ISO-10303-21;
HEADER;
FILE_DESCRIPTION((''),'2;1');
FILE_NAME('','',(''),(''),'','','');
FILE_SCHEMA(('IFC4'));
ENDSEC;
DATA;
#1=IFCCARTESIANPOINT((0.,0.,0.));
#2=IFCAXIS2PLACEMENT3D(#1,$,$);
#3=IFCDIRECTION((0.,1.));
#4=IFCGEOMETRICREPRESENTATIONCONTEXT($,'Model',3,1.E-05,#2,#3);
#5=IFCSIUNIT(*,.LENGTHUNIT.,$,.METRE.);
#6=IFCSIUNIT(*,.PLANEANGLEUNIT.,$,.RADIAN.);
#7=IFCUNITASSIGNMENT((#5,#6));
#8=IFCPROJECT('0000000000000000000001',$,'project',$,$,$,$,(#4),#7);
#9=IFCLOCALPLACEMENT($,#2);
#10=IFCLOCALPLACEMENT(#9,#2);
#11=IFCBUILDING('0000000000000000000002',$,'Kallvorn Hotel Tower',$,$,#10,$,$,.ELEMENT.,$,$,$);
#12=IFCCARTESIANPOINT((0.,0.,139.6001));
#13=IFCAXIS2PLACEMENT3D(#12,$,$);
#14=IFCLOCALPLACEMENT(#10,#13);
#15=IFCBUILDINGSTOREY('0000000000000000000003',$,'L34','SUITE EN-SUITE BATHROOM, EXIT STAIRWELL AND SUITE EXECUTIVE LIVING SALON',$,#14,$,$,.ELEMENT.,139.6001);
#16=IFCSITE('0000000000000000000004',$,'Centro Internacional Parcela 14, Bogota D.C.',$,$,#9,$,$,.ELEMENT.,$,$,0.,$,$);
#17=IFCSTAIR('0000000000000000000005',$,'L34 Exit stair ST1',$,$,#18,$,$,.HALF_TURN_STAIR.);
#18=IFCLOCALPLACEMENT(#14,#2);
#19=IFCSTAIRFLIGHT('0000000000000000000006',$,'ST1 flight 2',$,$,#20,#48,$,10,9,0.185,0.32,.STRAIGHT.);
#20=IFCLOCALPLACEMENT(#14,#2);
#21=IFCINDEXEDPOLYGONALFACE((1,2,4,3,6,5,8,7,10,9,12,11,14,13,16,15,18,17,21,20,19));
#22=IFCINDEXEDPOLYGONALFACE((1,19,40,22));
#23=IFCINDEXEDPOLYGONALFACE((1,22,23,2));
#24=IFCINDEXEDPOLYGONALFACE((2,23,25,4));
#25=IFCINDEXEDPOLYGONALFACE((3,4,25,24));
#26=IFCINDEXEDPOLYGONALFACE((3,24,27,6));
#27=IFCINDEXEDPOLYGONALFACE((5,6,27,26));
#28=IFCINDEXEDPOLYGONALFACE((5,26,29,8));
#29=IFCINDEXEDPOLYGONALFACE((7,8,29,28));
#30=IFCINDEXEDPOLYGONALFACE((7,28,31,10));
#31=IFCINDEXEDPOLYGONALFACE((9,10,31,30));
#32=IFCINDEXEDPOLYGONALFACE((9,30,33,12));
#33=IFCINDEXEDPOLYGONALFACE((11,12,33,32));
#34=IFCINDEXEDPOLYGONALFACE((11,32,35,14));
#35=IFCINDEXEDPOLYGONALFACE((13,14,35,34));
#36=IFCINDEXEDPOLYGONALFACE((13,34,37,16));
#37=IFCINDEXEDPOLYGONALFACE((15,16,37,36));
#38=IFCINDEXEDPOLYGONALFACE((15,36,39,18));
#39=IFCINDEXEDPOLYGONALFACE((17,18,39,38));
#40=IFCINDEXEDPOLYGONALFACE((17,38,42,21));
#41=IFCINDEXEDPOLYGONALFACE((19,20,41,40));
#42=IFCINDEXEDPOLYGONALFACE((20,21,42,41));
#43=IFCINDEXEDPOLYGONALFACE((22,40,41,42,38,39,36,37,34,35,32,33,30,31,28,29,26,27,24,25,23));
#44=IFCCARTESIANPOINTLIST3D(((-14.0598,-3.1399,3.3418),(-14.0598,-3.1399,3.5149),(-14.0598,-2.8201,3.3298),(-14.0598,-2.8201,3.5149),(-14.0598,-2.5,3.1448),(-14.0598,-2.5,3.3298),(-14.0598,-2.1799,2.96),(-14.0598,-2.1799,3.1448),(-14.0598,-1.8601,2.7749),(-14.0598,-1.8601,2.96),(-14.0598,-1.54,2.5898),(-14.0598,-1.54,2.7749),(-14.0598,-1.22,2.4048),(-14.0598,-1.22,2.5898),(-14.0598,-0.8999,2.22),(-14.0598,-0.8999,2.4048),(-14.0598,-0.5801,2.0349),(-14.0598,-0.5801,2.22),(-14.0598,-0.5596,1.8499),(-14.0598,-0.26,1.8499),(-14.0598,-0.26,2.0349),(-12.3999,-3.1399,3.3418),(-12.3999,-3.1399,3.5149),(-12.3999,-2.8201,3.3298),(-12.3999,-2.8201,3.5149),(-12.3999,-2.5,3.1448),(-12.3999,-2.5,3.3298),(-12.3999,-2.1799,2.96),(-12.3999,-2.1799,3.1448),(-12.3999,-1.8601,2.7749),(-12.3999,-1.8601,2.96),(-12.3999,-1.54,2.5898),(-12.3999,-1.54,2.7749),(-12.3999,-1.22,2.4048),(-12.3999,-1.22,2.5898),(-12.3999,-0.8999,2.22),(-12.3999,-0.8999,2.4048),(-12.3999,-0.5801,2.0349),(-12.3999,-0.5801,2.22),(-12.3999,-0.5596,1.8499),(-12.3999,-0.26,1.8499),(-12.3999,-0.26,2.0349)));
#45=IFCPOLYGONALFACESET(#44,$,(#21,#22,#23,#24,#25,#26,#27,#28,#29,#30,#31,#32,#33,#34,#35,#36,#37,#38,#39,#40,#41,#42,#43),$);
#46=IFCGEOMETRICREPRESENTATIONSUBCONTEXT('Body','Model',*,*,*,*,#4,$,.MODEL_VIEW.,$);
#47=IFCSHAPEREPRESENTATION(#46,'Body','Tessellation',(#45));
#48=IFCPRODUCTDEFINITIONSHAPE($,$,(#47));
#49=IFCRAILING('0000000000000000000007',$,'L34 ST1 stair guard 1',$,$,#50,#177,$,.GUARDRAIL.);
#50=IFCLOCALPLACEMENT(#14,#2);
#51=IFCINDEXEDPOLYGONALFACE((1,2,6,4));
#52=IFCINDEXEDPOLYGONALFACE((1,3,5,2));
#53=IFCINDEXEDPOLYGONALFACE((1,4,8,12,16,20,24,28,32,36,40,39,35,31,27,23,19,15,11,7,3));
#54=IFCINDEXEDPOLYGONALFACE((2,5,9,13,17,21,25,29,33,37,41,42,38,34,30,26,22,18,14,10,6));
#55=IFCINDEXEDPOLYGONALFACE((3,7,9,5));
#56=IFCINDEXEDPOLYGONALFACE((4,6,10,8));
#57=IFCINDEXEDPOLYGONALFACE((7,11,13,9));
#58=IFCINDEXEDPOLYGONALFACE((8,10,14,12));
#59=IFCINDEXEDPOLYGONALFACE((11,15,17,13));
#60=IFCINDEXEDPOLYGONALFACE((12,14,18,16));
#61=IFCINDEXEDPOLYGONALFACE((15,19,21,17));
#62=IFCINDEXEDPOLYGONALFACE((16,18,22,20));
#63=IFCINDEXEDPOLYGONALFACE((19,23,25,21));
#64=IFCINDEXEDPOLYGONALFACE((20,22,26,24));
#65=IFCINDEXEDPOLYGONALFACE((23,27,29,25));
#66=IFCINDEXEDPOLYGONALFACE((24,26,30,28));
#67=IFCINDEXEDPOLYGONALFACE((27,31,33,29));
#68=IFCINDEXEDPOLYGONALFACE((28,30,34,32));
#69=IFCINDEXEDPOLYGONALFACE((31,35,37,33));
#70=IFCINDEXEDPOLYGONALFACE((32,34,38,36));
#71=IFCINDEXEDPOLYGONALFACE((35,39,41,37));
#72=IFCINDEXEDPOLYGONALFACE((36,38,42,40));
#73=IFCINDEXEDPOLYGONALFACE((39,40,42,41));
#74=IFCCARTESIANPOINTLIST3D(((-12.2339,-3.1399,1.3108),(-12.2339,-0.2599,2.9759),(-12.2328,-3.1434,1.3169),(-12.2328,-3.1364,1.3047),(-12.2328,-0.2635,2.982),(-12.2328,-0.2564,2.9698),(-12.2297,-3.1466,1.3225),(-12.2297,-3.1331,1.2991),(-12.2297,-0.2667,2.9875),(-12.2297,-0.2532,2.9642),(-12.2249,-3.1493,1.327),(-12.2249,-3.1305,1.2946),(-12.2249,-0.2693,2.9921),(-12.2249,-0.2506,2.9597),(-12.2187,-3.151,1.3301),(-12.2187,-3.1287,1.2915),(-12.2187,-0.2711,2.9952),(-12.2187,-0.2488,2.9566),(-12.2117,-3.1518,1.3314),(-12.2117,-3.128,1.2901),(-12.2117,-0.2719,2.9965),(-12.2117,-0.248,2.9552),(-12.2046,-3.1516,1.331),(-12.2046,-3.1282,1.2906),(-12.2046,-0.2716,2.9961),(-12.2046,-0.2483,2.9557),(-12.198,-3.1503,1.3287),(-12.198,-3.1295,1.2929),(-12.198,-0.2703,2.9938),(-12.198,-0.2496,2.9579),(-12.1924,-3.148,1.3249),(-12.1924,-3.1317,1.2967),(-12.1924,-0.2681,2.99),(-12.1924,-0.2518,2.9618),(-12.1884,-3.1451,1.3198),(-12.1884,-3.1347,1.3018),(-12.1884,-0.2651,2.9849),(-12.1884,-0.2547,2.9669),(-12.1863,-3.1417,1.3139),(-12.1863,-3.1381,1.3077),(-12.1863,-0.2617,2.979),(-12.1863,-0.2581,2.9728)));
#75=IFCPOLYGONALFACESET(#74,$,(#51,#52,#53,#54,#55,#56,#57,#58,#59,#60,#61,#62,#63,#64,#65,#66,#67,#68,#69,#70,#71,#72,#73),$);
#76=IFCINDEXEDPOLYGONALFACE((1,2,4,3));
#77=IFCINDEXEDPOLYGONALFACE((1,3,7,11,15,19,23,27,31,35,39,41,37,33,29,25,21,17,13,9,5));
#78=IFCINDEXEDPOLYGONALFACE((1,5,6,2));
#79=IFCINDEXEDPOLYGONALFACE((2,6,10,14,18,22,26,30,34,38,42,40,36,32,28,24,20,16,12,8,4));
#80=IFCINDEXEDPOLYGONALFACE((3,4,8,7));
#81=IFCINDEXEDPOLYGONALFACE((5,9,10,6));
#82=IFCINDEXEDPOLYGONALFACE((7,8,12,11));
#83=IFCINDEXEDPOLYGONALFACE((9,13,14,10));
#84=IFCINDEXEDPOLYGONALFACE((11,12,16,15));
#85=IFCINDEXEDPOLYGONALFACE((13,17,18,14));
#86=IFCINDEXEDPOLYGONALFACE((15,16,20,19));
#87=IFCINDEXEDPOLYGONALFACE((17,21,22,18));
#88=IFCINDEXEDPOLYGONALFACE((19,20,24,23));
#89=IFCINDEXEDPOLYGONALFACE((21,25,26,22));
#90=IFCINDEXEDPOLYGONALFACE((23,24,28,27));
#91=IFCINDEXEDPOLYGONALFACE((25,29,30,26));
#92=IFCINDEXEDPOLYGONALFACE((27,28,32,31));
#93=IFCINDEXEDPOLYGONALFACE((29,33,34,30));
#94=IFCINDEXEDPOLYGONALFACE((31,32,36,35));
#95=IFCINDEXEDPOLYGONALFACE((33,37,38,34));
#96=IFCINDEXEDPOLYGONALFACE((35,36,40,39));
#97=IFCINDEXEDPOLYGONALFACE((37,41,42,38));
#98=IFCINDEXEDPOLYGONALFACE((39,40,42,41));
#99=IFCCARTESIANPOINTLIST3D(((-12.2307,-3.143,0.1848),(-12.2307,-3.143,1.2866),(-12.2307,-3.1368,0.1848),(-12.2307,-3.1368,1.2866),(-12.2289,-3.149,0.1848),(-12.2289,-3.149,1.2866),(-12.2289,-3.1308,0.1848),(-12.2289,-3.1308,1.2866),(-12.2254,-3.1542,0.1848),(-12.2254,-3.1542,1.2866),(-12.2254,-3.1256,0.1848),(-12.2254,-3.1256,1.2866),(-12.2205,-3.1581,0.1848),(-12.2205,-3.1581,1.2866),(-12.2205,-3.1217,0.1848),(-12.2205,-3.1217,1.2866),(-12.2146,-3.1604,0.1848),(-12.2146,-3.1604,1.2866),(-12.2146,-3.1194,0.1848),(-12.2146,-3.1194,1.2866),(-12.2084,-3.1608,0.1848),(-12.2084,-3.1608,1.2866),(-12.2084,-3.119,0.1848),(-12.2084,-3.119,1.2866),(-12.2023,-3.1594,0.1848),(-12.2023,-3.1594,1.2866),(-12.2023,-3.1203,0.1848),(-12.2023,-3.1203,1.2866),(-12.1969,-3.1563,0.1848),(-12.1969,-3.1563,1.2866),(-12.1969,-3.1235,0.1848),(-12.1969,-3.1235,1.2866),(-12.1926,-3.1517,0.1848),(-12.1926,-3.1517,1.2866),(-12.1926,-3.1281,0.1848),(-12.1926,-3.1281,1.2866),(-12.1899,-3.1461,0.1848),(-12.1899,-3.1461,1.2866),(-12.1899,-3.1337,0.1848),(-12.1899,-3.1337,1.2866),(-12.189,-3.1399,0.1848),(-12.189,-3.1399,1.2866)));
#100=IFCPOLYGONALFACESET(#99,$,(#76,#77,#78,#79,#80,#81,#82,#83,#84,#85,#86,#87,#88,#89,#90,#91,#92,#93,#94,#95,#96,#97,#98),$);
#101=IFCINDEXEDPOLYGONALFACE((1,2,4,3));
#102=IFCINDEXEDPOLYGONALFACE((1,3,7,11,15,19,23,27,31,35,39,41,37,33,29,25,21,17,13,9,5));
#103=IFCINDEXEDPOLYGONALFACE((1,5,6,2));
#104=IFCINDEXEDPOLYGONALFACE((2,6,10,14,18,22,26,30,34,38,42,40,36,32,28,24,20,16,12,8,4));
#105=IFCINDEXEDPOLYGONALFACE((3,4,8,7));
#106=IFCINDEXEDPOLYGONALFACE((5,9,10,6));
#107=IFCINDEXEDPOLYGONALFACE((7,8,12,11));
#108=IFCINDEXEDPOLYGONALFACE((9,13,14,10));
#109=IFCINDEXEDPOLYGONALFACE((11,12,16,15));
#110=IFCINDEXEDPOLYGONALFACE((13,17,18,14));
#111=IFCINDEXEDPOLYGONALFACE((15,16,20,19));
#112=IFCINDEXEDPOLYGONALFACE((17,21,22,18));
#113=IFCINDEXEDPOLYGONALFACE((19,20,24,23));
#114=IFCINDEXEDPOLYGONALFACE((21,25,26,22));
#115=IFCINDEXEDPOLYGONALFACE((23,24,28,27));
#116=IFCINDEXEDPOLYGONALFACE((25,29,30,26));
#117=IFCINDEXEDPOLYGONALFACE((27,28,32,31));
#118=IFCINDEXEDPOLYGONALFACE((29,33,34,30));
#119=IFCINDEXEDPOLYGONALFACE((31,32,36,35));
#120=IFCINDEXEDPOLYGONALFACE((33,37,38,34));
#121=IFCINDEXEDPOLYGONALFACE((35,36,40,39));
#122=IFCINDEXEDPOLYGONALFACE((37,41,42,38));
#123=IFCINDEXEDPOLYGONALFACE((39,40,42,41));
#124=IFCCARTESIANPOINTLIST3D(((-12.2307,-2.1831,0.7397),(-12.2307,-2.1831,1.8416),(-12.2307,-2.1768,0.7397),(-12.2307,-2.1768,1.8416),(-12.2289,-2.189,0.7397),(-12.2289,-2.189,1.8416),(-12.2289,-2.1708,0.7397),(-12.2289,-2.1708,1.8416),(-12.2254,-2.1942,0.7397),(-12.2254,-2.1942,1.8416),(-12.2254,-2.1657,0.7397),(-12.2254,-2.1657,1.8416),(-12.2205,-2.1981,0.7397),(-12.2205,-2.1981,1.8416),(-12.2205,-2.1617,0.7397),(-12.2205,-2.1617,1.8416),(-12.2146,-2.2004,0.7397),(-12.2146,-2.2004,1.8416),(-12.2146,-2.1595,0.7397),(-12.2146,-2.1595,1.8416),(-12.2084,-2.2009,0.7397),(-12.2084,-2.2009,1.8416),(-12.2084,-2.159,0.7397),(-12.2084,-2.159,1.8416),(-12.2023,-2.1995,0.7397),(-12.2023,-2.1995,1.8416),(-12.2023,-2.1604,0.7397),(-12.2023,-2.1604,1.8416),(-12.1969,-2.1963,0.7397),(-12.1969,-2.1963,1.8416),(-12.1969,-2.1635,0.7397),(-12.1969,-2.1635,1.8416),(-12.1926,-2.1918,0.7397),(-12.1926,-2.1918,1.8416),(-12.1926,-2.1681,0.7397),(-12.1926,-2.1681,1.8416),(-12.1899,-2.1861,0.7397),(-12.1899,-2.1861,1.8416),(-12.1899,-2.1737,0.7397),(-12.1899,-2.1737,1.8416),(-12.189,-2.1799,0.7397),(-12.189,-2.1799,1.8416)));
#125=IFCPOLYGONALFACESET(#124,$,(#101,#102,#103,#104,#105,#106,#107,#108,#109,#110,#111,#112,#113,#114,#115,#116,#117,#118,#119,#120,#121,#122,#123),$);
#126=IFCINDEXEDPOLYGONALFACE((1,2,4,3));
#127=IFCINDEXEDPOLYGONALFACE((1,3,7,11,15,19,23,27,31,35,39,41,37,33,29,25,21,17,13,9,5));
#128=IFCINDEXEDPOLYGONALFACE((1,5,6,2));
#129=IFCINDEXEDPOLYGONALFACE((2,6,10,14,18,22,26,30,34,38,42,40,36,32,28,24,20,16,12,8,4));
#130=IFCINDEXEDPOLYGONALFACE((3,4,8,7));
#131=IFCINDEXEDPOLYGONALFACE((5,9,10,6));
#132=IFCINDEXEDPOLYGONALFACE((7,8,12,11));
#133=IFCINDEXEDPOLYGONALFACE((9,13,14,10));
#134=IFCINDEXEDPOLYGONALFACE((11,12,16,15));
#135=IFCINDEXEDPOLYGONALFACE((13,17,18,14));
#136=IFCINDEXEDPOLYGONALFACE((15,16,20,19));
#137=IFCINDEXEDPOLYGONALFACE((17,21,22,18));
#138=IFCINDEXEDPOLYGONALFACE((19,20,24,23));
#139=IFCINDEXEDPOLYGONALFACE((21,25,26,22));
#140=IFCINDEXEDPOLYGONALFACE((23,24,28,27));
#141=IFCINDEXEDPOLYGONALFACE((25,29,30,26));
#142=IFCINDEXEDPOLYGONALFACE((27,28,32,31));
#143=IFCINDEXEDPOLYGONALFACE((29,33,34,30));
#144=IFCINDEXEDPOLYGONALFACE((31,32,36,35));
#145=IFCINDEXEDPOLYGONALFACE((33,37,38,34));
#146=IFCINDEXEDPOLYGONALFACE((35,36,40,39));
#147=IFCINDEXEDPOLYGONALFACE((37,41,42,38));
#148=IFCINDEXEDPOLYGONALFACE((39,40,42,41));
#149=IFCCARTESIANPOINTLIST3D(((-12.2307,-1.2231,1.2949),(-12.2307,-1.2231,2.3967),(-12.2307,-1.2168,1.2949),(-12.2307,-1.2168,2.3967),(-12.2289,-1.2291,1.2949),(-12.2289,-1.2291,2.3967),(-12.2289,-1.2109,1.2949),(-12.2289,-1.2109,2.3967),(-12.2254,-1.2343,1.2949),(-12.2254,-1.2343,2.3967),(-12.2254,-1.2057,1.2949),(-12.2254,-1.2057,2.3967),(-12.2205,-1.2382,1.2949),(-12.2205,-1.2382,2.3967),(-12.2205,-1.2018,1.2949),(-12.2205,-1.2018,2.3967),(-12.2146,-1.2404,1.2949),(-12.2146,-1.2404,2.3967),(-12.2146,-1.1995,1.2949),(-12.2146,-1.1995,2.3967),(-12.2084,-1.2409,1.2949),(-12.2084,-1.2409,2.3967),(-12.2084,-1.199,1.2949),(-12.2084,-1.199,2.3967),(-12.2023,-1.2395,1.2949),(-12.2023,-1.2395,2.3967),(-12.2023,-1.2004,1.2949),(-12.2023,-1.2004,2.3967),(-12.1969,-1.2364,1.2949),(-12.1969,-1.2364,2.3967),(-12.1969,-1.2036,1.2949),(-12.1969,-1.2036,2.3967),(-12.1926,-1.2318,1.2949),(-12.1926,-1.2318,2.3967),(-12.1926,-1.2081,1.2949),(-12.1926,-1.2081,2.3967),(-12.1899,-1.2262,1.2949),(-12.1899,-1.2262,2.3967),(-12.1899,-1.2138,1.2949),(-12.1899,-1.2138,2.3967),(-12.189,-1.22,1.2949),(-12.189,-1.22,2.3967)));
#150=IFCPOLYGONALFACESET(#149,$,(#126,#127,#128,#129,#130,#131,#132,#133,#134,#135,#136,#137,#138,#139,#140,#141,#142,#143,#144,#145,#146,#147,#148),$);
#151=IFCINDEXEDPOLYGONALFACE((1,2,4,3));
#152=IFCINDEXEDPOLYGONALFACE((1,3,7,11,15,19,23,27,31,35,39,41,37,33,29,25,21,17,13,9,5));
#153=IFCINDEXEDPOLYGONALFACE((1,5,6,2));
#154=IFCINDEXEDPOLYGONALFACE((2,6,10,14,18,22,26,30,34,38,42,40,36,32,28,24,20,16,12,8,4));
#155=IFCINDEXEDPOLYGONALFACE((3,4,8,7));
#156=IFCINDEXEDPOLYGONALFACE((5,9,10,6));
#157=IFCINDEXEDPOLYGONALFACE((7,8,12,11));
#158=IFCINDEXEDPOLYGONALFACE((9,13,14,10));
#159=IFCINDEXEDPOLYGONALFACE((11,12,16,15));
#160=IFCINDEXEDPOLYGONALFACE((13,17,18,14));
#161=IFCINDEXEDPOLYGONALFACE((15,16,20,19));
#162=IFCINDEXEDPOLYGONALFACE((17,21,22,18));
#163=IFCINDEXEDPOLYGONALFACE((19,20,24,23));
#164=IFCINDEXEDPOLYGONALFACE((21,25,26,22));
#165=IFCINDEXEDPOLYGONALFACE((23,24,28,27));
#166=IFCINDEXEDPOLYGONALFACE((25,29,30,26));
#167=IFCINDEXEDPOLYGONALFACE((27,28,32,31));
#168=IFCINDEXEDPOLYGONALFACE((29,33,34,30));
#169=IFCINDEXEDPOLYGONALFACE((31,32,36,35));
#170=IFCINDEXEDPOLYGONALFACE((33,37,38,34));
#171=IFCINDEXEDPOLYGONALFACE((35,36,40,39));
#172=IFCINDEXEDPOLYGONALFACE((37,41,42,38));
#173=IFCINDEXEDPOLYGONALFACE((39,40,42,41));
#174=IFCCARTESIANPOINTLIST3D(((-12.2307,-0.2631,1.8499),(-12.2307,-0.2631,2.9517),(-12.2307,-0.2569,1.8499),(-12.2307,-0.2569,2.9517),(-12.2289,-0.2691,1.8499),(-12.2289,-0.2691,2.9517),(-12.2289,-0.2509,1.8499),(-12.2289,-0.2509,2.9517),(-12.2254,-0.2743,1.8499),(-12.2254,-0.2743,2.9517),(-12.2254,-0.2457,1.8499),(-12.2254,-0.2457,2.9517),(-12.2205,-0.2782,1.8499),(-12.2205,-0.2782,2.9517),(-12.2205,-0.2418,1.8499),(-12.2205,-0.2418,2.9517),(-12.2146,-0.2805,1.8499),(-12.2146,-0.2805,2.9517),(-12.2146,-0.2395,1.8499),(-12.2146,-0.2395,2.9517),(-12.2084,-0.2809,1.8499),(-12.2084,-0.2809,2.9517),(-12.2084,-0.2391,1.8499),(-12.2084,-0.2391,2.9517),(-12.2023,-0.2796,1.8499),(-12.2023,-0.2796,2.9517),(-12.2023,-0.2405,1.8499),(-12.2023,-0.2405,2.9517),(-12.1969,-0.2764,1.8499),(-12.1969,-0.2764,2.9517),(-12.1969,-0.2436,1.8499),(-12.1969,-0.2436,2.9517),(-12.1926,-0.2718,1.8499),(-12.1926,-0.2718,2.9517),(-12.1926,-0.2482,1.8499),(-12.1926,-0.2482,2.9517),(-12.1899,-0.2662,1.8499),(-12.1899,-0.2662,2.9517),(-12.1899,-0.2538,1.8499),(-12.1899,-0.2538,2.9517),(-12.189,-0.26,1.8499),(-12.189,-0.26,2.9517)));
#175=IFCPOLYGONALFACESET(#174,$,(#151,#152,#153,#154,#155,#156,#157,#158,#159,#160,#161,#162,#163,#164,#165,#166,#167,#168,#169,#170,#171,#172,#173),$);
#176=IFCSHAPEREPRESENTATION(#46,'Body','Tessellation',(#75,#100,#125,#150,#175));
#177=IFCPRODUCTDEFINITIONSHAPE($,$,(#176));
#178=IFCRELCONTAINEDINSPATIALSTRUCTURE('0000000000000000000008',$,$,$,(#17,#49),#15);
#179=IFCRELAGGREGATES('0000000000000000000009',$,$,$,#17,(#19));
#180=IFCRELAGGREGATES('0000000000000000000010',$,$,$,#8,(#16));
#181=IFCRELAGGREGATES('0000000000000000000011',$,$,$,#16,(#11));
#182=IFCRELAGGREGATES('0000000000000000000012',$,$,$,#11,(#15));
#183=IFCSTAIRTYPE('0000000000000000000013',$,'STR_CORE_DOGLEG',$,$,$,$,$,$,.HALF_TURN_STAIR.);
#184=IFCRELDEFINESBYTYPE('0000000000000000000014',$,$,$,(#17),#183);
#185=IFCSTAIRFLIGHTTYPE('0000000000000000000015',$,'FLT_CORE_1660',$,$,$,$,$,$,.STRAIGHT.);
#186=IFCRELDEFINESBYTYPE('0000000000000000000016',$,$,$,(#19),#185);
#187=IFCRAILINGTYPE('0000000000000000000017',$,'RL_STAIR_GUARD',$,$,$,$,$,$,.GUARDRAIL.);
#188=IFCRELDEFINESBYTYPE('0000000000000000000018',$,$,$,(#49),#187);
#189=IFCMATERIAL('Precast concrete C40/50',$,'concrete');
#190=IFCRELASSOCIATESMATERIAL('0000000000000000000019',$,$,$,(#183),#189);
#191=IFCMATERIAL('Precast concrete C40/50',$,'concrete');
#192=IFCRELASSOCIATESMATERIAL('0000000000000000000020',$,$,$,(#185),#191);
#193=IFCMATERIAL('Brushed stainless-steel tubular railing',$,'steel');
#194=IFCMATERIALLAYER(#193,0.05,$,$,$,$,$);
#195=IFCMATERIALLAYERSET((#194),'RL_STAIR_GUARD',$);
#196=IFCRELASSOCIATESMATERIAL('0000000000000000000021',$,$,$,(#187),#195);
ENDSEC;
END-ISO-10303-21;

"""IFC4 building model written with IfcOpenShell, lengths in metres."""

from ifc_helpers import new_model, si_unit, direction, frame, origin, origin_2d, place, context, subcontext, project, spatial, polyline, circle, outline, extrude, material, layer, layer_set, type_object, element, aggregate, save


model = new_model("IFC4")

# Units and contexts
model_context = context("Model", 3, precision=1e-05, world=origin(), true_north=direction((0.0, 1.0)))
body_context = subcontext(model_context, "Body", "Model", "MODEL_VIEW")
ifc_project = project(units=[si_unit("LENGTHUNIT", "METRE"), si_unit("PLANEANGLEUNIT", "RADIAN")], contexts=[model_context])

# Site, building, storey
site_placement = place(None, origin())
site = spatial("IfcSite", under=ifc_project, at=site_placement, Name="Centro Internacional Parcela 14, Bogota D.C.", CompositionType="ELEMENT", RefElevation=0.0)
building_placement = place(site_placement, origin())
building = spatial("IfcBuilding", under=site, at=building_placement, Name="Kallvorn Hotel Tower", CompositionType="ELEMENT")
storey_placement = place(building_placement, frame((0.0, 0.0, 139.6001)))
storey = spatial("IfcBuildingStorey", under=building, at=storey_placement, Name="L34", Description="SUITE EN-SUITE BATHROOM, EXIT STAIRWELL AND SUITE EXECUTIVE LIVING SALON", CompositionType="ELEMENT", Elevation=139.6001)

# Stair, stair flight
ifc_material_1 = material(Name="Precast concrete C40/50", Category="concrete")
stair_type = type_object("IfcStairType", Name="STR_CORE_DOGLEG", PredefinedType="HALF_TURN_STAIR", material=ifc_material_1)
stair_placement = place(storey_placement, origin())
stair = element("IfcStair", 1, at=stair_placement, inside=storey, type_object=stair_type, Name="L34 Exit stair ST1", PredefinedType="HALF_TURN_STAIR")
ifc_material_2 = material(Name="Precast concrete C40/50", Category="concrete")
stair_flight_type = type_object("IfcStairFlightType", Name="FLT_CORE_1660", PredefinedType="STRAIGHT", material=ifc_material_2)
stair_flight_1_placement = place(storey_placement, frame((-13.23, -0.26, 1.8499), z_axis=(0.0, 0.0, 1.0), x_axis=(0.0, -1.0, 0.0)))
stair_flight_1 = element("IfcStairFlight", 2, at=stair_flight_1_placement, type_object=stair_flight_type, Name="ST1 flight 2", NumberOfRisers=10, NumberOfTreads=9, PredefinedType="STRAIGHT", RiserHeight=0.185, TreadLength=0.32, context=body_context, shape_type="SweptSolid", body=[
    extrude(outline(polyline([(0.0, 0.0), (0.0, 0.1851), (0.3201, 0.1851), (0.3201, 0.3701), (0.6399, 0.3701), (0.6399, 0.5549), (0.96, 0.5549), (0.96, 0.74), (1.28, 0.74), (1.28, 0.925), (1.6001, 0.925), (1.6001, 1.1101), (1.9199, 1.1101), (1.9199, 1.2949), (2.24, 1.2949), (2.24, 1.48), (2.5601, 1.48), (2.5601, 1.665), (2.8799, 1.665), (2.8799, 1.8501), (2.8799, 1.4919), (0.2996, 0.0), (0.0, 0.0)])), frame((0.0, 0.8301, 0.0), z_axis=(0.0, -1.0, 0.0), x_axis=(1.0, 0.0, 0.0)), (0.0, 0.0, 1.0), 1.6599),
])
aggregate(stair, [stair_flight_1])

# Railing
ifc_material_3 = material(Name="Brushed stainless-steel tubular railing", Category="steel")
ifc_layer_1 = layer(ifc_material_3, 0.05)
ifc_layer_set_1 = layer_set([ifc_layer_1], Name="RL_STAIR_GUARD")
railing_type_1 = type_object("IfcRailingType", Name="RL_STAIR_GUARD", PredefinedType="GUARDRAIL", material=ifc_layer_set_1)
railing_1_placement = place(storey_placement, frame((-12.21, -3.1399, 0.1848)))
element("IfcRailing", 3, at=railing_1_placement, inside=storey, type_object=railing_type_1, Name="L34 ST1 stair guard 1", PredefinedType="GUARDRAIL", context=body_context, shape_type="SweptSolid", body=[
    extrude(circle(Radius=0.0239, at=origin_2d()), frame((0.0, 0.0, 1.126), z_axis=(0.0, 0.865721, 0.500527), x_axis=(-1.0, 0.0, 0.0)), (0.0, 0.0, 1.0), 3.3267),
    extrude(circle(Radius=0.021, at=origin_2d()), origin(), (0.0, 0.0, 1.0), 1.1018),
    extrude(circle(Radius=0.021, at=origin_2d()), frame((0.0, 0.96, 0.5549)), (0.0, 0.0, 1.0), 1.1018),
    extrude(circle(Radius=0.021, at=origin_2d()), frame((0.0, 1.9199, 1.1101)), (0.0, 0.0, 1.0), 1.1018),
    extrude(circle(Radius=0.021, at=origin_2d()), frame((0.0, 2.8799, 1.665)), (0.0, 0.0, 1.0), 1.1018),
])

save(model, "model.ifc")
